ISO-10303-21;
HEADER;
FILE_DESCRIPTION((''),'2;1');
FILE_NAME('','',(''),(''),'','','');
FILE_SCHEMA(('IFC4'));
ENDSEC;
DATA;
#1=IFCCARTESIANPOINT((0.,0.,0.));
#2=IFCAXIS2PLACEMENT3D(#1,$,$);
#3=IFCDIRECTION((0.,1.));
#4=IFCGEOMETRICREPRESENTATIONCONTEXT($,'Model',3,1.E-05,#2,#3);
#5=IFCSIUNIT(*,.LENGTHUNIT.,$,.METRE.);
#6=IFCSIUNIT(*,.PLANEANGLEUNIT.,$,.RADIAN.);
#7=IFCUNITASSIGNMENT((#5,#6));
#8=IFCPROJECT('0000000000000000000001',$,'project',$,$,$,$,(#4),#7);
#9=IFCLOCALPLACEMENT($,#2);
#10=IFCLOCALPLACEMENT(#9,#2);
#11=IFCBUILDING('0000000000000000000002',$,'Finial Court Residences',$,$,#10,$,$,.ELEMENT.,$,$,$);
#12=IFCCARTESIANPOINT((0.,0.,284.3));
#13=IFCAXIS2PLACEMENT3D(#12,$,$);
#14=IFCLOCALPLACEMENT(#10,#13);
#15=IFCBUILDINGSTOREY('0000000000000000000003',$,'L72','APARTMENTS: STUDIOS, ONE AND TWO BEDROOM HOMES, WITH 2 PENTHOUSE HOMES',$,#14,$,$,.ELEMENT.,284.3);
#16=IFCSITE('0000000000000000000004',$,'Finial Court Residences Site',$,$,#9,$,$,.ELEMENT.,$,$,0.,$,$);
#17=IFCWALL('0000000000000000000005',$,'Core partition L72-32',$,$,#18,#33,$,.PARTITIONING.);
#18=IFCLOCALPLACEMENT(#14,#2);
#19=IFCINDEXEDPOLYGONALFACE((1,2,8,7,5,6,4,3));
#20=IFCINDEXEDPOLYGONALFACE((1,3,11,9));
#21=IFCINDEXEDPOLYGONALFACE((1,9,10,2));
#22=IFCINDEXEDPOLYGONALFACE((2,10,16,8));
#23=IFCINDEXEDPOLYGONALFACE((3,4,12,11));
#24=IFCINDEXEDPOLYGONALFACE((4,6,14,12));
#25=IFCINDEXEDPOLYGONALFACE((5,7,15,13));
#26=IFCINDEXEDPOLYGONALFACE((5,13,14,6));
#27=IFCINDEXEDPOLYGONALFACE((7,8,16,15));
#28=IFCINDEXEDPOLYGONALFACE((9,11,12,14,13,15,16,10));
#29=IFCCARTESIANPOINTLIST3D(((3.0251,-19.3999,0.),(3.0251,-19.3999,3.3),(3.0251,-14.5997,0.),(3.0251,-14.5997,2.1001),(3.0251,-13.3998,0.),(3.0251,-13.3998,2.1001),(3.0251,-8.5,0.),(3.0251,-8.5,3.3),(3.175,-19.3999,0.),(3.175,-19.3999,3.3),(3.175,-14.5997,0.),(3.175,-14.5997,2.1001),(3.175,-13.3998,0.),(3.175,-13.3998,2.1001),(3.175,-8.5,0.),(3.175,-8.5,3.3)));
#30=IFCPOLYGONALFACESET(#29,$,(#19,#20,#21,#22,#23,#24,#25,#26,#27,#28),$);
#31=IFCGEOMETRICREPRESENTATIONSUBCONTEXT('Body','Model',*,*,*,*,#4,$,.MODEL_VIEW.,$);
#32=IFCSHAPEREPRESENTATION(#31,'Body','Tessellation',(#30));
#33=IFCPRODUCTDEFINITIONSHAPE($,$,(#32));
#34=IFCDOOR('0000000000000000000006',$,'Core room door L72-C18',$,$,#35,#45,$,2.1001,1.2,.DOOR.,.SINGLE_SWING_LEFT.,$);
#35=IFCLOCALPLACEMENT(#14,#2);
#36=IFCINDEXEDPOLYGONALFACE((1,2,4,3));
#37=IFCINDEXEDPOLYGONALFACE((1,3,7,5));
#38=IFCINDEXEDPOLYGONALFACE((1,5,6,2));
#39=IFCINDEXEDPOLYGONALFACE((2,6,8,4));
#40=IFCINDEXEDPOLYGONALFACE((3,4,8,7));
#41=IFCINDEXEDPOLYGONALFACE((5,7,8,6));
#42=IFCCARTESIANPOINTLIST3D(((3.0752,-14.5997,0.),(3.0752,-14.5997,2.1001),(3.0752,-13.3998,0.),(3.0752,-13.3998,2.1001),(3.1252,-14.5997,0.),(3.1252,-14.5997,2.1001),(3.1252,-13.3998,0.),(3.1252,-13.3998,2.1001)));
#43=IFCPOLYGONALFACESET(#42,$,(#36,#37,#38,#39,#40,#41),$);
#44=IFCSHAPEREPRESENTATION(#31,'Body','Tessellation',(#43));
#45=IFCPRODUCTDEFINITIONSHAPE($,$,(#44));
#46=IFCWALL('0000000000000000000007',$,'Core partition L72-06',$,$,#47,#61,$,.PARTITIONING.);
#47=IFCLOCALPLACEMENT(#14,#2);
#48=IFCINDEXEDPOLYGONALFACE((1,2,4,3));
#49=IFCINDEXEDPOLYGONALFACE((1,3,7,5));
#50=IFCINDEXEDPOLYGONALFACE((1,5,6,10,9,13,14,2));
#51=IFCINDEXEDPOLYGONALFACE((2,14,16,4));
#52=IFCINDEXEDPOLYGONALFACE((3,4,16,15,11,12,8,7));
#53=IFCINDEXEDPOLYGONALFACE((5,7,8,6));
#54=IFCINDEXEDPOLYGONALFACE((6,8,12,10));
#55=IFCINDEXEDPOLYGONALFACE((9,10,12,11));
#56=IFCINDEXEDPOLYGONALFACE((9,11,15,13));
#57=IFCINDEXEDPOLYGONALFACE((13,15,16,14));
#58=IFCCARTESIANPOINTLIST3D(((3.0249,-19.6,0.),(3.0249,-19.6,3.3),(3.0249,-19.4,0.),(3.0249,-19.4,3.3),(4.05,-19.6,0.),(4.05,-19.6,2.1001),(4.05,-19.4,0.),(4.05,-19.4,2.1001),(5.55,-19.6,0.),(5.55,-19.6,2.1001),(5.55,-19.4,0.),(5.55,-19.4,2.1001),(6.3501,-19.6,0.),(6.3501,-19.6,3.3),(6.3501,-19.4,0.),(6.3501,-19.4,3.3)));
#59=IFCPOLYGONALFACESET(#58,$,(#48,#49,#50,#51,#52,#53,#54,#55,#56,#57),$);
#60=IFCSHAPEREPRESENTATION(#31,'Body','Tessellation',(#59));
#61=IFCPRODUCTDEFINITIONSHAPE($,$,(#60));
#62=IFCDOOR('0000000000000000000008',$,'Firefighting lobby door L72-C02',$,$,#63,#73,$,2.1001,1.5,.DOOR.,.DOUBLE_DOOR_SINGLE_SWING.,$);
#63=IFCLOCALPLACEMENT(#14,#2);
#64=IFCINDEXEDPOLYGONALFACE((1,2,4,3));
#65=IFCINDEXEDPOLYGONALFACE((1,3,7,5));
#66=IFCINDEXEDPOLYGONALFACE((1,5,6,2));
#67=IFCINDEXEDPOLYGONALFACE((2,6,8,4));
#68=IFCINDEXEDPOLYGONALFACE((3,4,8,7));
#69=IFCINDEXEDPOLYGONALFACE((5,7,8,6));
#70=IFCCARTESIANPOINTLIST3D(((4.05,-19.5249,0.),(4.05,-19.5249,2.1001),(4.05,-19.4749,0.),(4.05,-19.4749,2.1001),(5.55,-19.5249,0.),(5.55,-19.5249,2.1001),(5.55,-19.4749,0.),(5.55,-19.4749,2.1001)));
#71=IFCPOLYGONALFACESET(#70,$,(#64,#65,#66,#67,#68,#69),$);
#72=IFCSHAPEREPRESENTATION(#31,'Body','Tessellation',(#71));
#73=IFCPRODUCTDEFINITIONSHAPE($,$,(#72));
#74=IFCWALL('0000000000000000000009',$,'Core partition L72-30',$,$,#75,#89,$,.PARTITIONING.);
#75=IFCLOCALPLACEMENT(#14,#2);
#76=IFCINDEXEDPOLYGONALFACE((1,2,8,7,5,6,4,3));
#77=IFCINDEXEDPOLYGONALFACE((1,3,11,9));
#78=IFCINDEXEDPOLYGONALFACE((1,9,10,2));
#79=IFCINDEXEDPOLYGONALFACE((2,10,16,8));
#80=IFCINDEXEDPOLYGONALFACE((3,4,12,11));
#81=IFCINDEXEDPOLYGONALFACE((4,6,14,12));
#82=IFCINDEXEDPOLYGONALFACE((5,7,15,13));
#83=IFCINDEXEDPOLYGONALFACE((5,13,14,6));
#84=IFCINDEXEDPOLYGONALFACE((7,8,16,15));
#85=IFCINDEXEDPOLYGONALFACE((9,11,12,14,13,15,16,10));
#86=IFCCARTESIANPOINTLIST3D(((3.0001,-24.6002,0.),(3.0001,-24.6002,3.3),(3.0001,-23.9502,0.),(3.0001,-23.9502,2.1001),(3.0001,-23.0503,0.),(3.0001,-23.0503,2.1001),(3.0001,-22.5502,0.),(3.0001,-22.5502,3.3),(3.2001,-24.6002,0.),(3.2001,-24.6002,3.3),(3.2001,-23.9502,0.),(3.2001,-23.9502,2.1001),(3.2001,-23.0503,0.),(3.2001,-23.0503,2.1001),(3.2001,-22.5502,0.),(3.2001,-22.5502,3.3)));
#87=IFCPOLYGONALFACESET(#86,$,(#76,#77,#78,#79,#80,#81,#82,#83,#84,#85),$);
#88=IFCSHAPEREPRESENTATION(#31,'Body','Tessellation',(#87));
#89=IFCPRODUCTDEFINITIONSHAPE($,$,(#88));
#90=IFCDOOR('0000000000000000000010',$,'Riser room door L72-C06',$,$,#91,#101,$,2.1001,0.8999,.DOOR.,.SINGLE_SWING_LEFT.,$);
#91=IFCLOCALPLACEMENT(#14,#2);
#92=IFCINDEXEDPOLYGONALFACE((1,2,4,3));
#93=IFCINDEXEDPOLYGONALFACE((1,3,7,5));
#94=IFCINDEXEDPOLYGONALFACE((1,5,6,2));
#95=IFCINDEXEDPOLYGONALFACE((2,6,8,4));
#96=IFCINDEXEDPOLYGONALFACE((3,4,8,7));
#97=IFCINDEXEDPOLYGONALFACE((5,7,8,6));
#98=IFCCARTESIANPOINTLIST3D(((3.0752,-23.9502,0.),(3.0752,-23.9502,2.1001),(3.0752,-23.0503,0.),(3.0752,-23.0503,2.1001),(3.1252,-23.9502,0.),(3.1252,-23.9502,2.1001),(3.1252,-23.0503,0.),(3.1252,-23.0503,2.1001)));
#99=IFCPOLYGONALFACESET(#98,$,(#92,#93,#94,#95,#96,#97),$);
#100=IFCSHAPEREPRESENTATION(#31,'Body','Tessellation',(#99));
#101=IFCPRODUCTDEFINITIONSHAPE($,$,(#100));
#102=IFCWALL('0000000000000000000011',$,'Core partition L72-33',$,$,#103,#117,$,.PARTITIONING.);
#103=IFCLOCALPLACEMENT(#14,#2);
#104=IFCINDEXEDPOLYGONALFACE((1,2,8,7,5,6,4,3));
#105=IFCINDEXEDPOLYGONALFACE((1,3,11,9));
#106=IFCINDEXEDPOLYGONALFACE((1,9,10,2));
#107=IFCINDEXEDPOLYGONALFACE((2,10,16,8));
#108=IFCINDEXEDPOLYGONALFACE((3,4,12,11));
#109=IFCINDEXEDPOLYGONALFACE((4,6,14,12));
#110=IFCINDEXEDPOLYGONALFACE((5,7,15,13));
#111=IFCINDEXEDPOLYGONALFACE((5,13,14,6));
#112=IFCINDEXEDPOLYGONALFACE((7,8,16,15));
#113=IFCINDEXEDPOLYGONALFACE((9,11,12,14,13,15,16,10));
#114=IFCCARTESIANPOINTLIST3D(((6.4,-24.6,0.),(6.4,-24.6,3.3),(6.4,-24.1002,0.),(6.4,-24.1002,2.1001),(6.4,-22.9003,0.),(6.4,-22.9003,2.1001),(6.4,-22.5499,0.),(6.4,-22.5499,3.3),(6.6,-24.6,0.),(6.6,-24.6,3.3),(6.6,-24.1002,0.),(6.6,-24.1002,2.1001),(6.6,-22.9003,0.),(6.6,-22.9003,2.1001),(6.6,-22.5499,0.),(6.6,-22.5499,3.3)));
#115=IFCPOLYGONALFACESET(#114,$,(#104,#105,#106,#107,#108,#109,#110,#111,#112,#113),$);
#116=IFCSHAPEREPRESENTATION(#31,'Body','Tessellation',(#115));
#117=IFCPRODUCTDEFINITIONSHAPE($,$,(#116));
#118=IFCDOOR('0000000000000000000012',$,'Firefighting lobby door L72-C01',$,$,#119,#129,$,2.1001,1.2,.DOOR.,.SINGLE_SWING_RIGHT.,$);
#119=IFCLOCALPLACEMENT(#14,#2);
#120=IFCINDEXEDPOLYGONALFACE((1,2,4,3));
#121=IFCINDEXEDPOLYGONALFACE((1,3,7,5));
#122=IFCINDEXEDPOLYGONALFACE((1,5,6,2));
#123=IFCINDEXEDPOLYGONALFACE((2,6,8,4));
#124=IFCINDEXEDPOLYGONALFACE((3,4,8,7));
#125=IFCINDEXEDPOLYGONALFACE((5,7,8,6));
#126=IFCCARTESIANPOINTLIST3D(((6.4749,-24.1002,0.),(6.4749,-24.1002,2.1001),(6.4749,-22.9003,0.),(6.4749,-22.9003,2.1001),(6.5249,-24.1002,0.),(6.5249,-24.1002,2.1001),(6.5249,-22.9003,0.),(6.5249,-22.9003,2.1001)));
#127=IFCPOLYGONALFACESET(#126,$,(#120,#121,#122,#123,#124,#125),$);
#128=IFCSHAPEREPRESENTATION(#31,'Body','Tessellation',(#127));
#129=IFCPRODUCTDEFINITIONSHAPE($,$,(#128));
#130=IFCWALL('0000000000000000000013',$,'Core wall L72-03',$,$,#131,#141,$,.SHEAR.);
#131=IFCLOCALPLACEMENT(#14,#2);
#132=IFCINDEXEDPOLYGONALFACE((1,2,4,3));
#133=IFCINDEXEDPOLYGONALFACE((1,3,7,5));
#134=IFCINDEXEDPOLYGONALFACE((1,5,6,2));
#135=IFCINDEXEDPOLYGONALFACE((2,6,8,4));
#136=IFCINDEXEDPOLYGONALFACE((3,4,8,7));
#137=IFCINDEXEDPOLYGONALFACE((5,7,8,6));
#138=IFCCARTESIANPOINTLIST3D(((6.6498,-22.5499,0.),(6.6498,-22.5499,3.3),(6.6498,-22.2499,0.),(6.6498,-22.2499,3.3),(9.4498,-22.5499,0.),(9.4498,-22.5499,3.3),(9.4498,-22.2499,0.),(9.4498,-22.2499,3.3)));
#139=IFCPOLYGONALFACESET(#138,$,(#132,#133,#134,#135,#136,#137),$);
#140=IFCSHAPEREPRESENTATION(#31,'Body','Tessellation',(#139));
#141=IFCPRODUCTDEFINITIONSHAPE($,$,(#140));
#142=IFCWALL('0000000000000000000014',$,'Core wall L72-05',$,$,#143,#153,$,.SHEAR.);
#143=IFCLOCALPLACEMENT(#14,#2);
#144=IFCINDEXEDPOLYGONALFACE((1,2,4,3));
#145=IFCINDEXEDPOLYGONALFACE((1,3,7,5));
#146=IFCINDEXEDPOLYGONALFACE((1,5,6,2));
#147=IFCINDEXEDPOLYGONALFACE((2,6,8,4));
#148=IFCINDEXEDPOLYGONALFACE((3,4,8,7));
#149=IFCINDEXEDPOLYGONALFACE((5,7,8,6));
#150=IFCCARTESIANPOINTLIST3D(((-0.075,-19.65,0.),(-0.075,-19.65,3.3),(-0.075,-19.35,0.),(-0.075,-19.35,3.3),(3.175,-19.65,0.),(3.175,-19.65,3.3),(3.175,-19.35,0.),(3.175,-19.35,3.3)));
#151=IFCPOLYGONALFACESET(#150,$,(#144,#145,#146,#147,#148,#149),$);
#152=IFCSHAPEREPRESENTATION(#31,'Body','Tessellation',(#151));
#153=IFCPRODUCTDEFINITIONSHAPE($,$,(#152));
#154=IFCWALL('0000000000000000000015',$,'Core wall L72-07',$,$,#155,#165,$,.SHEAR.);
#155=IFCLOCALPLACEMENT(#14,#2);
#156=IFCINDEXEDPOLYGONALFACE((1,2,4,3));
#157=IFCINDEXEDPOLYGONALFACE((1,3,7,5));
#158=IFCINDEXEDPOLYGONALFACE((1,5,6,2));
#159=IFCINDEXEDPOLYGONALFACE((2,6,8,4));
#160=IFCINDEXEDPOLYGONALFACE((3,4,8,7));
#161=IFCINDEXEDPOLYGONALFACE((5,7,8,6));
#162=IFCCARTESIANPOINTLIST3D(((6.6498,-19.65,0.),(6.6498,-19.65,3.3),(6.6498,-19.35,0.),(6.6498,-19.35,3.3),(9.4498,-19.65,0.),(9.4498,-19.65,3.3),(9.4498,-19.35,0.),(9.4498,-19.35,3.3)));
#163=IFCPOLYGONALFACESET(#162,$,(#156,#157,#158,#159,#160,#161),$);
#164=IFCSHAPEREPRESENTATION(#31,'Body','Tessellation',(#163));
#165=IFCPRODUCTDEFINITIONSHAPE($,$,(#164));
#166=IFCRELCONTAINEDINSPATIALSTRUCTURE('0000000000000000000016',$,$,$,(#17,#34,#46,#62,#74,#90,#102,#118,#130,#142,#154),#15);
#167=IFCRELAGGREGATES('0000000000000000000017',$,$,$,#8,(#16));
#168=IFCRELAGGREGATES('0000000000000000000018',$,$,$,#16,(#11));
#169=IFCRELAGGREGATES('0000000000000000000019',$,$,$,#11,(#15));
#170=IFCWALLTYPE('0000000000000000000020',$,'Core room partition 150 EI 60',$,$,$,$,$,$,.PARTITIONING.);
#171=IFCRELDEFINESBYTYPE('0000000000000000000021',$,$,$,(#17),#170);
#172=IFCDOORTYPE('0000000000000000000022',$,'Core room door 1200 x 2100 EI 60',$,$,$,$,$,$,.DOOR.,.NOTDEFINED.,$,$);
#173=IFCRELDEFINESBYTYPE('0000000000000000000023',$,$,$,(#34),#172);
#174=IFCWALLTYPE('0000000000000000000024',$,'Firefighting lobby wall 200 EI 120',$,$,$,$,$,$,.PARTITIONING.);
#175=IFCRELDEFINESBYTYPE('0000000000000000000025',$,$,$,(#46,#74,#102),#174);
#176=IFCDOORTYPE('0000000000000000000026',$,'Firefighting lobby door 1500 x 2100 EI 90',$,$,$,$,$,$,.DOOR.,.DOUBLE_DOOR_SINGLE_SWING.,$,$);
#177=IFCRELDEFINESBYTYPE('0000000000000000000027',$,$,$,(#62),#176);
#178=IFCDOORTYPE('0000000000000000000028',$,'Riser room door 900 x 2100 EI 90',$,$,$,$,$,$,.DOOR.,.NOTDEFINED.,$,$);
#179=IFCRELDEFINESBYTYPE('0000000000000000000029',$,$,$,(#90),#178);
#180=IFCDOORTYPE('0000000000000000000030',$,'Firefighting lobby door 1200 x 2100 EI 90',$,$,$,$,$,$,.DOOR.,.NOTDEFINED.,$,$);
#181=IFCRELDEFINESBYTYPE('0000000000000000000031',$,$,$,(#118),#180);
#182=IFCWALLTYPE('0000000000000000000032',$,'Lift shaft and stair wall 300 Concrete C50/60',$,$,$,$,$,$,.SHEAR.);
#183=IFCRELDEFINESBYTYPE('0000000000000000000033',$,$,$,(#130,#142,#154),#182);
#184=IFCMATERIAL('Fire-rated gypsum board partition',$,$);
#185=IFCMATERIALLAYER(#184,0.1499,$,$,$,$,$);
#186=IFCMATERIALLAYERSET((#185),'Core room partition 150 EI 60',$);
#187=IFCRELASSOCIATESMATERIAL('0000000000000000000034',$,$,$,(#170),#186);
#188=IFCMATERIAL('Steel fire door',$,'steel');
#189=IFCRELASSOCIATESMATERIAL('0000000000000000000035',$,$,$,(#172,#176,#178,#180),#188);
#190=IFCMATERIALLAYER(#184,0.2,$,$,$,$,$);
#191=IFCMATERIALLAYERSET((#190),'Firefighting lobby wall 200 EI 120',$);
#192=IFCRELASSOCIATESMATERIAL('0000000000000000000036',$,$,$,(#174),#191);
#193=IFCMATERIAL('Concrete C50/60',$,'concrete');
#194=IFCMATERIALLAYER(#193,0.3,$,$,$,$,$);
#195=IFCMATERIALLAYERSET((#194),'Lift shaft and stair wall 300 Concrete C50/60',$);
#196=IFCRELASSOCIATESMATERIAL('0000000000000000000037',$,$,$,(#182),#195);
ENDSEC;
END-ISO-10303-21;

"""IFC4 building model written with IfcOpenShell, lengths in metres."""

from ifc_helpers import new_model, si_unit, direction, frame, frame_2d, origin, place, context, subcontext, project, spatial, rectangle, extrude, material, layer, layer_set, type_object, element, fill, save


model = new_model("IFC4")

# Units and contexts
model_context = context("Model", 3, precision=1e-05, world=origin(), true_north=direction((0.0, 1.0)))
body_context = subcontext(model_context, "Body", "Model", "MODEL_VIEW")
ifc_project = project(units=[si_unit("LENGTHUNIT", "METRE"), si_unit("PLANEANGLEUNIT", "RADIAN")], contexts=[model_context])

# Site, building, storey
site_placement = place(None, origin())
site = spatial("IfcSite", under=ifc_project, at=site_placement, Name="Finial Court Residences Site", CompositionType="ELEMENT", RefElevation=0.0)
building_placement = place(site_placement, origin())
building = spatial("IfcBuilding", under=site, at=building_placement, Name="Finial Court Residences", CompositionType="ELEMENT")
storey_placement = place(building_placement, frame((0.0, 0.0, 284.3)))
storey = spatial("IfcBuildingStorey", under=building, at=storey_placement, Name="L72", Description="APARTMENTS: STUDIOS, ONE AND TWO BEDROOM HOMES, WITH 2 PENTHOUSE HOMES", CompositionType="ELEMENT", Elevation=284.3)

# Walls, openings, doors
ifc_material_1 = material(Name="Fire-rated gypsum board partition")
ifc_layer_1 = layer(ifc_material_1, 0.1499)
ifc_layer_set_1 = layer_set([ifc_layer_1], Name="Core room partition 150 EI 60")
wall_type_1 = type_object("IfcWallType", Name="Core room partition 150 EI 60", PredefinedType="PARTITIONING", material=ifc_layer_set_1)
wall_1_placement = place(storey_placement, frame((3.1001, -19.3999, 0.0), z_axis=(0.0, 0.0, 1.0), x_axis=(0.0, 1.0, 0.0)))
wall_1 = element("IfcWall", 1, at=wall_1_placement, inside=storey, type_object=wall_type_1, Name="Core partition L72-32", PredefinedType="PARTITIONING", context=body_context, shape_type="SweptSolid", body=[
    extrude(rectangle(XDim=10.8999, YDim=0.1499, at=frame_2d((5.45, 0.0))), origin(), (0.0, 0.0, 1.0), 3.3),
])
opening_1_placement = place(wall_1_placement, frame((4.8, 0.0, 0.0)))
opening_1 = element("IfcOpeningElement", 2, at=opening_1_placement, cuts=wall_1, PredefinedType="OPENING", context=body_context, shape_type="SweptSolid", body=[
    extrude(rectangle(XDim=1.2, YDim=2.1001, at=frame_2d((0.6001, 1.05))), frame((0.0, 0.085, 0.0), z_axis=(0.0, -1.0, 0.0), x_axis=(1.0, 0.0, 0.0)), (0.0, 0.0, 1.0), 0.1699),
])
ifc_material_2 = material(Name="Steel fire door", Category="steel")
door_type_1 = type_object("IfcDoorType", Name="Core room door 1200 x 2100 EI 60", OperationType="NOTDEFINED", PredefinedType="DOOR", material=ifc_material_2)
door_1_placement = place(opening_1_placement, origin())
door_1 = element("IfcDoor", 3, at=door_1_placement, inside=storey, type_object=door_type_1, Name="Core room door L72-C18", OperationType="SINGLE_SWING_LEFT", OverallHeight=2.1001, OverallWidth=1.2, PredefinedType="DOOR", context=body_context, shape_type="SweptSolid", body=[
    extrude(rectangle(XDim=1.2, YDim=2.1001, at=frame_2d((0.6001, 1.05))), frame((0.0, 0.0249, 0.0), z_axis=(0.0, -1.0, 0.0), x_axis=(1.0, 0.0, 0.0)), (0.0, 0.0, 1.0), 0.05),
])
fill(opening_1, door_1)
ifc_layer_2 = layer(ifc_material_1, 0.2)
ifc_layer_set_2 = layer_set([ifc_layer_2], Name="Firefighting lobby wall 200 EI 120")
wall_type_2 = type_object("IfcWallType", Name="Firefighting lobby wall 200 EI 120", PredefinedType="PARTITIONING", material=ifc_layer_set_2)
wall_2_placement = place(storey_placement, frame((6.3501, -19.5, 0.0), z_axis=(0.0, 0.0, 1.0), x_axis=(-1.0, 0.0, 0.0)))
wall_2 = element("IfcWall", 4, at=wall_2_placement, inside=storey, type_object=wall_type_2, Name="Core partition L72-06", PredefinedType="PARTITIONING", context=body_context, shape_type="SweptSolid", body=[
    extrude(rectangle(XDim=3.3252, YDim=0.2, at=frame_2d((1.6626, 0.0))), origin(), (0.0, 0.0, 1.0), 3.3),
])
opening_2_placement = place(wall_2_placement, frame((0.8, 0.0, 0.0)))
opening_2 = element("IfcOpeningElement", 5, at=opening_2_placement, cuts=wall_2, PredefinedType="OPENING", context=body_context, shape_type="SweptSolid", body=[
    extrude(rectangle(XDim=1.5, YDim=2.1001, at=frame_2d((0.75, 1.05))), frame((0.0, 0.1099, 0.0), z_axis=(0.0, -1.0, 0.0), x_axis=(1.0, 0.0, 0.0)), (0.0, 0.0, 1.0), 0.22),
])
door_type_2 = type_object("IfcDoorType", Name="Firefighting lobby door 1500 x 2100 EI 90", OperationType="DOUBLE_DOOR_SINGLE_SWING", PredefinedType="DOOR", material=ifc_material_2)
door_2_placement = place(opening_2_placement, origin())
door_2 = element("IfcDoor", 6, at=door_2_placement, inside=storey, type_object=door_type_2, Name="Firefighting lobby door L72-C02", OperationType="DOUBLE_DOOR_SINGLE_SWING", OverallHeight=2.1001, OverallWidth=1.5, PredefinedType="DOOR", context=body_context, shape_type="SweptSolid", body=[
    extrude(rectangle(XDim=1.5, YDim=2.1001, at=frame_2d((0.75, 1.05))), frame((0.0, 0.0249, 0.0), z_axis=(0.0, -1.0, 0.0), x_axis=(1.0, 0.0, 0.0)), (0.0, 0.0, 1.0), 0.05),
])
fill(opening_2, door_2)
wall_3_placement = place(storey_placement, frame((3.1001, -24.6001, 0.0), z_axis=(0.0, 0.0, 1.0), x_axis=(0.0, 1.0, 0.0)))
wall_3 = element("IfcWall", 7, at=wall_3_placement, inside=storey, type_object=wall_type_2, Name="Core partition L72-30", PredefinedType="PARTITIONING", context=body_context, shape_type="SweptSolid", body=[
    extrude(rectangle(XDim=2.05, YDim=0.2, at=frame_2d((1.0249, 0.0))), origin(), (0.0, 0.0, 1.0), 3.3),
])
opening_3_placement = place(wall_3_placement, frame((0.6499, 0.0, 0.0)))
opening_3 = element("IfcOpeningElement", 8, at=opening_3_placement, cuts=wall_3, PredefinedType="OPENING", context=body_context, shape_type="SweptSolid", body=[
    extrude(rectangle(XDim=0.8999, YDim=2.1001, at=frame_2d((0.45, 1.05))), frame((0.0, 0.1099, 0.0), z_axis=(0.0, -1.0, 0.0), x_axis=(1.0, 0.0, 0.0)), (0.0, 0.0, 1.0), 0.22),
])
door_type_3 = type_object("IfcDoorType", Name="Riser room door 900 x 2100 EI 90", OperationType="NOTDEFINED", PredefinedType="DOOR", material=ifc_material_2)
door_3_placement = place(opening_3_placement, origin())
door_3 = element("IfcDoor", 9, at=door_3_placement, inside=storey, type_object=door_type_3, Name="Riser room door L72-C06", OperationType="SINGLE_SWING_LEFT", OverallHeight=2.1001, OverallWidth=0.8999, PredefinedType="DOOR", context=body_context, shape_type="SweptSolid", body=[
    extrude(rectangle(XDim=0.8999, YDim=2.1001, at=frame_2d((0.45, 1.05))), frame((0.0, 0.0249, 0.0), z_axis=(0.0, -1.0, 0.0), x_axis=(1.0, 0.0, 0.0)), (0.0, 0.0, 1.0), 0.05),
])
fill(opening_3, door_3)
wall_4_placement = place(storey_placement, frame((6.5, -22.55, 0.0), z_axis=(0.0, 0.0, 1.0), x_axis=(0.0, -1.0, 0.0)))
wall_4 = element("IfcWall", 10, at=wall_4_placement, inside=storey, type_object=wall_type_2, Name="Core partition L72-33", PredefinedType="PARTITIONING", context=body_context, shape_type="SweptSolid", body=[
    extrude(rectangle(XDim=2.05, YDim=0.2, at=frame_2d((1.0249, 0.0))), origin(), (0.0, 0.0, 1.0), 3.3),
])
opening_4_placement = place(wall_4_placement, frame((0.3501, 0.0, 0.0)))
opening_4 = element("IfcOpeningElement", 11, at=opening_4_placement, cuts=wall_4, PredefinedType="OPENING", context=body_context, shape_type="SweptSolid", body=[
    extrude(rectangle(XDim=1.2, YDim=2.1001, at=frame_2d((0.6001, 1.05))), frame((0.0, 0.1099, 0.0), z_axis=(0.0, -1.0, 0.0), x_axis=(1.0, 0.0, 0.0)), (0.0, 0.0, 1.0), 0.22),
])
door_type_4 = type_object("IfcDoorType", Name="Firefighting lobby door 1200 x 2100 EI 90", OperationType="NOTDEFINED", PredefinedType="DOOR", material=ifc_material_2)
door_4_placement = place(opening_4_placement, origin())
door_4 = element("IfcDoor", 12, at=door_4_placement, inside=storey, type_object=door_type_4, Name="Firefighting lobby door L72-C01", OperationType="SINGLE_SWING_RIGHT", OverallHeight=2.1001, OverallWidth=1.2, PredefinedType="DOOR", context=body_context, shape_type="SweptSolid", body=[
    extrude(rectangle(XDim=1.2, YDim=2.1001, at=frame_2d((0.6001, 1.05))), frame((0.0, 0.0249, 0.0), z_axis=(0.0, -1.0, 0.0), x_axis=(1.0, 0.0, 0.0)), (0.0, 0.0, 1.0), 0.05),
])
fill(opening_4, door_4)

# Walls
ifc_material_3 = material(Name="Concrete C50/60", Category="concrete")
ifc_layer_3 = layer(ifc_material_3, 0.3)
ifc_layer_set_3 = layer_set([ifc_layer_3], Name="Lift shaft and stair wall 300 Concrete C50/60")
wall_type_3 = type_object("IfcWallType", Name="Lift shaft and stair wall 300 Concrete C50/60", PredefinedType="SHEAR", material=ifc_layer_set_3)
wall_5_placement = place(storey_placement, frame((6.6499, -22.3999, 0.0), z_axis=(0.0, 0.0, 1.0), x_axis=(1.0, 0.0, 0.0)))
element("IfcWall", 13, at=wall_5_placement, inside=storey, type_object=wall_type_3, Name="Core wall L72-03", PredefinedType="SHEAR", context=body_context, shape_type="SweptSolid", body=[
    extrude(rectangle(XDim=2.8, YDim=0.3, at=frame_2d((1.3999, 0.0))), origin(), (0.0, 0.0, 1.0), 3.3),
])
wall_6_placement = place(storey_placement, frame((-0.075, -19.5, 0.0), z_axis=(0.0, 0.0, 1.0), x_axis=(1.0, 0.0, 0.0)))
element("IfcWall", 14, at=wall_6_placement, inside=storey, type_object=wall_type_3, Name="Core wall L72-05", PredefinedType="SHEAR", context=body_context, shape_type="SweptSolid", body=[
    extrude(rectangle(XDim=3.25, YDim=0.3, at=frame_2d((1.625, 0.0))), origin(), (0.0, 0.0, 1.0), 3.3),
])
wall_7_placement = place(storey_placement, frame((6.6499, -19.5, 0.0), z_axis=(0.0, 0.0, 1.0), x_axis=(1.0, 0.0, 0.0)))
element("IfcWall", 15, at=wall_7_placement, inside=storey, type_object=wall_type_3, Name="Core wall L72-07", PredefinedType="SHEAR", context=body_context, shape_type="SweptSolid", body=[
    extrude(rectangle(XDim=2.8, YDim=0.3, at=frame_2d((1.3999, 0.0))), origin(), (0.0, 0.0, 1.0), 3.3),
])

save(model, "model.ifc")
